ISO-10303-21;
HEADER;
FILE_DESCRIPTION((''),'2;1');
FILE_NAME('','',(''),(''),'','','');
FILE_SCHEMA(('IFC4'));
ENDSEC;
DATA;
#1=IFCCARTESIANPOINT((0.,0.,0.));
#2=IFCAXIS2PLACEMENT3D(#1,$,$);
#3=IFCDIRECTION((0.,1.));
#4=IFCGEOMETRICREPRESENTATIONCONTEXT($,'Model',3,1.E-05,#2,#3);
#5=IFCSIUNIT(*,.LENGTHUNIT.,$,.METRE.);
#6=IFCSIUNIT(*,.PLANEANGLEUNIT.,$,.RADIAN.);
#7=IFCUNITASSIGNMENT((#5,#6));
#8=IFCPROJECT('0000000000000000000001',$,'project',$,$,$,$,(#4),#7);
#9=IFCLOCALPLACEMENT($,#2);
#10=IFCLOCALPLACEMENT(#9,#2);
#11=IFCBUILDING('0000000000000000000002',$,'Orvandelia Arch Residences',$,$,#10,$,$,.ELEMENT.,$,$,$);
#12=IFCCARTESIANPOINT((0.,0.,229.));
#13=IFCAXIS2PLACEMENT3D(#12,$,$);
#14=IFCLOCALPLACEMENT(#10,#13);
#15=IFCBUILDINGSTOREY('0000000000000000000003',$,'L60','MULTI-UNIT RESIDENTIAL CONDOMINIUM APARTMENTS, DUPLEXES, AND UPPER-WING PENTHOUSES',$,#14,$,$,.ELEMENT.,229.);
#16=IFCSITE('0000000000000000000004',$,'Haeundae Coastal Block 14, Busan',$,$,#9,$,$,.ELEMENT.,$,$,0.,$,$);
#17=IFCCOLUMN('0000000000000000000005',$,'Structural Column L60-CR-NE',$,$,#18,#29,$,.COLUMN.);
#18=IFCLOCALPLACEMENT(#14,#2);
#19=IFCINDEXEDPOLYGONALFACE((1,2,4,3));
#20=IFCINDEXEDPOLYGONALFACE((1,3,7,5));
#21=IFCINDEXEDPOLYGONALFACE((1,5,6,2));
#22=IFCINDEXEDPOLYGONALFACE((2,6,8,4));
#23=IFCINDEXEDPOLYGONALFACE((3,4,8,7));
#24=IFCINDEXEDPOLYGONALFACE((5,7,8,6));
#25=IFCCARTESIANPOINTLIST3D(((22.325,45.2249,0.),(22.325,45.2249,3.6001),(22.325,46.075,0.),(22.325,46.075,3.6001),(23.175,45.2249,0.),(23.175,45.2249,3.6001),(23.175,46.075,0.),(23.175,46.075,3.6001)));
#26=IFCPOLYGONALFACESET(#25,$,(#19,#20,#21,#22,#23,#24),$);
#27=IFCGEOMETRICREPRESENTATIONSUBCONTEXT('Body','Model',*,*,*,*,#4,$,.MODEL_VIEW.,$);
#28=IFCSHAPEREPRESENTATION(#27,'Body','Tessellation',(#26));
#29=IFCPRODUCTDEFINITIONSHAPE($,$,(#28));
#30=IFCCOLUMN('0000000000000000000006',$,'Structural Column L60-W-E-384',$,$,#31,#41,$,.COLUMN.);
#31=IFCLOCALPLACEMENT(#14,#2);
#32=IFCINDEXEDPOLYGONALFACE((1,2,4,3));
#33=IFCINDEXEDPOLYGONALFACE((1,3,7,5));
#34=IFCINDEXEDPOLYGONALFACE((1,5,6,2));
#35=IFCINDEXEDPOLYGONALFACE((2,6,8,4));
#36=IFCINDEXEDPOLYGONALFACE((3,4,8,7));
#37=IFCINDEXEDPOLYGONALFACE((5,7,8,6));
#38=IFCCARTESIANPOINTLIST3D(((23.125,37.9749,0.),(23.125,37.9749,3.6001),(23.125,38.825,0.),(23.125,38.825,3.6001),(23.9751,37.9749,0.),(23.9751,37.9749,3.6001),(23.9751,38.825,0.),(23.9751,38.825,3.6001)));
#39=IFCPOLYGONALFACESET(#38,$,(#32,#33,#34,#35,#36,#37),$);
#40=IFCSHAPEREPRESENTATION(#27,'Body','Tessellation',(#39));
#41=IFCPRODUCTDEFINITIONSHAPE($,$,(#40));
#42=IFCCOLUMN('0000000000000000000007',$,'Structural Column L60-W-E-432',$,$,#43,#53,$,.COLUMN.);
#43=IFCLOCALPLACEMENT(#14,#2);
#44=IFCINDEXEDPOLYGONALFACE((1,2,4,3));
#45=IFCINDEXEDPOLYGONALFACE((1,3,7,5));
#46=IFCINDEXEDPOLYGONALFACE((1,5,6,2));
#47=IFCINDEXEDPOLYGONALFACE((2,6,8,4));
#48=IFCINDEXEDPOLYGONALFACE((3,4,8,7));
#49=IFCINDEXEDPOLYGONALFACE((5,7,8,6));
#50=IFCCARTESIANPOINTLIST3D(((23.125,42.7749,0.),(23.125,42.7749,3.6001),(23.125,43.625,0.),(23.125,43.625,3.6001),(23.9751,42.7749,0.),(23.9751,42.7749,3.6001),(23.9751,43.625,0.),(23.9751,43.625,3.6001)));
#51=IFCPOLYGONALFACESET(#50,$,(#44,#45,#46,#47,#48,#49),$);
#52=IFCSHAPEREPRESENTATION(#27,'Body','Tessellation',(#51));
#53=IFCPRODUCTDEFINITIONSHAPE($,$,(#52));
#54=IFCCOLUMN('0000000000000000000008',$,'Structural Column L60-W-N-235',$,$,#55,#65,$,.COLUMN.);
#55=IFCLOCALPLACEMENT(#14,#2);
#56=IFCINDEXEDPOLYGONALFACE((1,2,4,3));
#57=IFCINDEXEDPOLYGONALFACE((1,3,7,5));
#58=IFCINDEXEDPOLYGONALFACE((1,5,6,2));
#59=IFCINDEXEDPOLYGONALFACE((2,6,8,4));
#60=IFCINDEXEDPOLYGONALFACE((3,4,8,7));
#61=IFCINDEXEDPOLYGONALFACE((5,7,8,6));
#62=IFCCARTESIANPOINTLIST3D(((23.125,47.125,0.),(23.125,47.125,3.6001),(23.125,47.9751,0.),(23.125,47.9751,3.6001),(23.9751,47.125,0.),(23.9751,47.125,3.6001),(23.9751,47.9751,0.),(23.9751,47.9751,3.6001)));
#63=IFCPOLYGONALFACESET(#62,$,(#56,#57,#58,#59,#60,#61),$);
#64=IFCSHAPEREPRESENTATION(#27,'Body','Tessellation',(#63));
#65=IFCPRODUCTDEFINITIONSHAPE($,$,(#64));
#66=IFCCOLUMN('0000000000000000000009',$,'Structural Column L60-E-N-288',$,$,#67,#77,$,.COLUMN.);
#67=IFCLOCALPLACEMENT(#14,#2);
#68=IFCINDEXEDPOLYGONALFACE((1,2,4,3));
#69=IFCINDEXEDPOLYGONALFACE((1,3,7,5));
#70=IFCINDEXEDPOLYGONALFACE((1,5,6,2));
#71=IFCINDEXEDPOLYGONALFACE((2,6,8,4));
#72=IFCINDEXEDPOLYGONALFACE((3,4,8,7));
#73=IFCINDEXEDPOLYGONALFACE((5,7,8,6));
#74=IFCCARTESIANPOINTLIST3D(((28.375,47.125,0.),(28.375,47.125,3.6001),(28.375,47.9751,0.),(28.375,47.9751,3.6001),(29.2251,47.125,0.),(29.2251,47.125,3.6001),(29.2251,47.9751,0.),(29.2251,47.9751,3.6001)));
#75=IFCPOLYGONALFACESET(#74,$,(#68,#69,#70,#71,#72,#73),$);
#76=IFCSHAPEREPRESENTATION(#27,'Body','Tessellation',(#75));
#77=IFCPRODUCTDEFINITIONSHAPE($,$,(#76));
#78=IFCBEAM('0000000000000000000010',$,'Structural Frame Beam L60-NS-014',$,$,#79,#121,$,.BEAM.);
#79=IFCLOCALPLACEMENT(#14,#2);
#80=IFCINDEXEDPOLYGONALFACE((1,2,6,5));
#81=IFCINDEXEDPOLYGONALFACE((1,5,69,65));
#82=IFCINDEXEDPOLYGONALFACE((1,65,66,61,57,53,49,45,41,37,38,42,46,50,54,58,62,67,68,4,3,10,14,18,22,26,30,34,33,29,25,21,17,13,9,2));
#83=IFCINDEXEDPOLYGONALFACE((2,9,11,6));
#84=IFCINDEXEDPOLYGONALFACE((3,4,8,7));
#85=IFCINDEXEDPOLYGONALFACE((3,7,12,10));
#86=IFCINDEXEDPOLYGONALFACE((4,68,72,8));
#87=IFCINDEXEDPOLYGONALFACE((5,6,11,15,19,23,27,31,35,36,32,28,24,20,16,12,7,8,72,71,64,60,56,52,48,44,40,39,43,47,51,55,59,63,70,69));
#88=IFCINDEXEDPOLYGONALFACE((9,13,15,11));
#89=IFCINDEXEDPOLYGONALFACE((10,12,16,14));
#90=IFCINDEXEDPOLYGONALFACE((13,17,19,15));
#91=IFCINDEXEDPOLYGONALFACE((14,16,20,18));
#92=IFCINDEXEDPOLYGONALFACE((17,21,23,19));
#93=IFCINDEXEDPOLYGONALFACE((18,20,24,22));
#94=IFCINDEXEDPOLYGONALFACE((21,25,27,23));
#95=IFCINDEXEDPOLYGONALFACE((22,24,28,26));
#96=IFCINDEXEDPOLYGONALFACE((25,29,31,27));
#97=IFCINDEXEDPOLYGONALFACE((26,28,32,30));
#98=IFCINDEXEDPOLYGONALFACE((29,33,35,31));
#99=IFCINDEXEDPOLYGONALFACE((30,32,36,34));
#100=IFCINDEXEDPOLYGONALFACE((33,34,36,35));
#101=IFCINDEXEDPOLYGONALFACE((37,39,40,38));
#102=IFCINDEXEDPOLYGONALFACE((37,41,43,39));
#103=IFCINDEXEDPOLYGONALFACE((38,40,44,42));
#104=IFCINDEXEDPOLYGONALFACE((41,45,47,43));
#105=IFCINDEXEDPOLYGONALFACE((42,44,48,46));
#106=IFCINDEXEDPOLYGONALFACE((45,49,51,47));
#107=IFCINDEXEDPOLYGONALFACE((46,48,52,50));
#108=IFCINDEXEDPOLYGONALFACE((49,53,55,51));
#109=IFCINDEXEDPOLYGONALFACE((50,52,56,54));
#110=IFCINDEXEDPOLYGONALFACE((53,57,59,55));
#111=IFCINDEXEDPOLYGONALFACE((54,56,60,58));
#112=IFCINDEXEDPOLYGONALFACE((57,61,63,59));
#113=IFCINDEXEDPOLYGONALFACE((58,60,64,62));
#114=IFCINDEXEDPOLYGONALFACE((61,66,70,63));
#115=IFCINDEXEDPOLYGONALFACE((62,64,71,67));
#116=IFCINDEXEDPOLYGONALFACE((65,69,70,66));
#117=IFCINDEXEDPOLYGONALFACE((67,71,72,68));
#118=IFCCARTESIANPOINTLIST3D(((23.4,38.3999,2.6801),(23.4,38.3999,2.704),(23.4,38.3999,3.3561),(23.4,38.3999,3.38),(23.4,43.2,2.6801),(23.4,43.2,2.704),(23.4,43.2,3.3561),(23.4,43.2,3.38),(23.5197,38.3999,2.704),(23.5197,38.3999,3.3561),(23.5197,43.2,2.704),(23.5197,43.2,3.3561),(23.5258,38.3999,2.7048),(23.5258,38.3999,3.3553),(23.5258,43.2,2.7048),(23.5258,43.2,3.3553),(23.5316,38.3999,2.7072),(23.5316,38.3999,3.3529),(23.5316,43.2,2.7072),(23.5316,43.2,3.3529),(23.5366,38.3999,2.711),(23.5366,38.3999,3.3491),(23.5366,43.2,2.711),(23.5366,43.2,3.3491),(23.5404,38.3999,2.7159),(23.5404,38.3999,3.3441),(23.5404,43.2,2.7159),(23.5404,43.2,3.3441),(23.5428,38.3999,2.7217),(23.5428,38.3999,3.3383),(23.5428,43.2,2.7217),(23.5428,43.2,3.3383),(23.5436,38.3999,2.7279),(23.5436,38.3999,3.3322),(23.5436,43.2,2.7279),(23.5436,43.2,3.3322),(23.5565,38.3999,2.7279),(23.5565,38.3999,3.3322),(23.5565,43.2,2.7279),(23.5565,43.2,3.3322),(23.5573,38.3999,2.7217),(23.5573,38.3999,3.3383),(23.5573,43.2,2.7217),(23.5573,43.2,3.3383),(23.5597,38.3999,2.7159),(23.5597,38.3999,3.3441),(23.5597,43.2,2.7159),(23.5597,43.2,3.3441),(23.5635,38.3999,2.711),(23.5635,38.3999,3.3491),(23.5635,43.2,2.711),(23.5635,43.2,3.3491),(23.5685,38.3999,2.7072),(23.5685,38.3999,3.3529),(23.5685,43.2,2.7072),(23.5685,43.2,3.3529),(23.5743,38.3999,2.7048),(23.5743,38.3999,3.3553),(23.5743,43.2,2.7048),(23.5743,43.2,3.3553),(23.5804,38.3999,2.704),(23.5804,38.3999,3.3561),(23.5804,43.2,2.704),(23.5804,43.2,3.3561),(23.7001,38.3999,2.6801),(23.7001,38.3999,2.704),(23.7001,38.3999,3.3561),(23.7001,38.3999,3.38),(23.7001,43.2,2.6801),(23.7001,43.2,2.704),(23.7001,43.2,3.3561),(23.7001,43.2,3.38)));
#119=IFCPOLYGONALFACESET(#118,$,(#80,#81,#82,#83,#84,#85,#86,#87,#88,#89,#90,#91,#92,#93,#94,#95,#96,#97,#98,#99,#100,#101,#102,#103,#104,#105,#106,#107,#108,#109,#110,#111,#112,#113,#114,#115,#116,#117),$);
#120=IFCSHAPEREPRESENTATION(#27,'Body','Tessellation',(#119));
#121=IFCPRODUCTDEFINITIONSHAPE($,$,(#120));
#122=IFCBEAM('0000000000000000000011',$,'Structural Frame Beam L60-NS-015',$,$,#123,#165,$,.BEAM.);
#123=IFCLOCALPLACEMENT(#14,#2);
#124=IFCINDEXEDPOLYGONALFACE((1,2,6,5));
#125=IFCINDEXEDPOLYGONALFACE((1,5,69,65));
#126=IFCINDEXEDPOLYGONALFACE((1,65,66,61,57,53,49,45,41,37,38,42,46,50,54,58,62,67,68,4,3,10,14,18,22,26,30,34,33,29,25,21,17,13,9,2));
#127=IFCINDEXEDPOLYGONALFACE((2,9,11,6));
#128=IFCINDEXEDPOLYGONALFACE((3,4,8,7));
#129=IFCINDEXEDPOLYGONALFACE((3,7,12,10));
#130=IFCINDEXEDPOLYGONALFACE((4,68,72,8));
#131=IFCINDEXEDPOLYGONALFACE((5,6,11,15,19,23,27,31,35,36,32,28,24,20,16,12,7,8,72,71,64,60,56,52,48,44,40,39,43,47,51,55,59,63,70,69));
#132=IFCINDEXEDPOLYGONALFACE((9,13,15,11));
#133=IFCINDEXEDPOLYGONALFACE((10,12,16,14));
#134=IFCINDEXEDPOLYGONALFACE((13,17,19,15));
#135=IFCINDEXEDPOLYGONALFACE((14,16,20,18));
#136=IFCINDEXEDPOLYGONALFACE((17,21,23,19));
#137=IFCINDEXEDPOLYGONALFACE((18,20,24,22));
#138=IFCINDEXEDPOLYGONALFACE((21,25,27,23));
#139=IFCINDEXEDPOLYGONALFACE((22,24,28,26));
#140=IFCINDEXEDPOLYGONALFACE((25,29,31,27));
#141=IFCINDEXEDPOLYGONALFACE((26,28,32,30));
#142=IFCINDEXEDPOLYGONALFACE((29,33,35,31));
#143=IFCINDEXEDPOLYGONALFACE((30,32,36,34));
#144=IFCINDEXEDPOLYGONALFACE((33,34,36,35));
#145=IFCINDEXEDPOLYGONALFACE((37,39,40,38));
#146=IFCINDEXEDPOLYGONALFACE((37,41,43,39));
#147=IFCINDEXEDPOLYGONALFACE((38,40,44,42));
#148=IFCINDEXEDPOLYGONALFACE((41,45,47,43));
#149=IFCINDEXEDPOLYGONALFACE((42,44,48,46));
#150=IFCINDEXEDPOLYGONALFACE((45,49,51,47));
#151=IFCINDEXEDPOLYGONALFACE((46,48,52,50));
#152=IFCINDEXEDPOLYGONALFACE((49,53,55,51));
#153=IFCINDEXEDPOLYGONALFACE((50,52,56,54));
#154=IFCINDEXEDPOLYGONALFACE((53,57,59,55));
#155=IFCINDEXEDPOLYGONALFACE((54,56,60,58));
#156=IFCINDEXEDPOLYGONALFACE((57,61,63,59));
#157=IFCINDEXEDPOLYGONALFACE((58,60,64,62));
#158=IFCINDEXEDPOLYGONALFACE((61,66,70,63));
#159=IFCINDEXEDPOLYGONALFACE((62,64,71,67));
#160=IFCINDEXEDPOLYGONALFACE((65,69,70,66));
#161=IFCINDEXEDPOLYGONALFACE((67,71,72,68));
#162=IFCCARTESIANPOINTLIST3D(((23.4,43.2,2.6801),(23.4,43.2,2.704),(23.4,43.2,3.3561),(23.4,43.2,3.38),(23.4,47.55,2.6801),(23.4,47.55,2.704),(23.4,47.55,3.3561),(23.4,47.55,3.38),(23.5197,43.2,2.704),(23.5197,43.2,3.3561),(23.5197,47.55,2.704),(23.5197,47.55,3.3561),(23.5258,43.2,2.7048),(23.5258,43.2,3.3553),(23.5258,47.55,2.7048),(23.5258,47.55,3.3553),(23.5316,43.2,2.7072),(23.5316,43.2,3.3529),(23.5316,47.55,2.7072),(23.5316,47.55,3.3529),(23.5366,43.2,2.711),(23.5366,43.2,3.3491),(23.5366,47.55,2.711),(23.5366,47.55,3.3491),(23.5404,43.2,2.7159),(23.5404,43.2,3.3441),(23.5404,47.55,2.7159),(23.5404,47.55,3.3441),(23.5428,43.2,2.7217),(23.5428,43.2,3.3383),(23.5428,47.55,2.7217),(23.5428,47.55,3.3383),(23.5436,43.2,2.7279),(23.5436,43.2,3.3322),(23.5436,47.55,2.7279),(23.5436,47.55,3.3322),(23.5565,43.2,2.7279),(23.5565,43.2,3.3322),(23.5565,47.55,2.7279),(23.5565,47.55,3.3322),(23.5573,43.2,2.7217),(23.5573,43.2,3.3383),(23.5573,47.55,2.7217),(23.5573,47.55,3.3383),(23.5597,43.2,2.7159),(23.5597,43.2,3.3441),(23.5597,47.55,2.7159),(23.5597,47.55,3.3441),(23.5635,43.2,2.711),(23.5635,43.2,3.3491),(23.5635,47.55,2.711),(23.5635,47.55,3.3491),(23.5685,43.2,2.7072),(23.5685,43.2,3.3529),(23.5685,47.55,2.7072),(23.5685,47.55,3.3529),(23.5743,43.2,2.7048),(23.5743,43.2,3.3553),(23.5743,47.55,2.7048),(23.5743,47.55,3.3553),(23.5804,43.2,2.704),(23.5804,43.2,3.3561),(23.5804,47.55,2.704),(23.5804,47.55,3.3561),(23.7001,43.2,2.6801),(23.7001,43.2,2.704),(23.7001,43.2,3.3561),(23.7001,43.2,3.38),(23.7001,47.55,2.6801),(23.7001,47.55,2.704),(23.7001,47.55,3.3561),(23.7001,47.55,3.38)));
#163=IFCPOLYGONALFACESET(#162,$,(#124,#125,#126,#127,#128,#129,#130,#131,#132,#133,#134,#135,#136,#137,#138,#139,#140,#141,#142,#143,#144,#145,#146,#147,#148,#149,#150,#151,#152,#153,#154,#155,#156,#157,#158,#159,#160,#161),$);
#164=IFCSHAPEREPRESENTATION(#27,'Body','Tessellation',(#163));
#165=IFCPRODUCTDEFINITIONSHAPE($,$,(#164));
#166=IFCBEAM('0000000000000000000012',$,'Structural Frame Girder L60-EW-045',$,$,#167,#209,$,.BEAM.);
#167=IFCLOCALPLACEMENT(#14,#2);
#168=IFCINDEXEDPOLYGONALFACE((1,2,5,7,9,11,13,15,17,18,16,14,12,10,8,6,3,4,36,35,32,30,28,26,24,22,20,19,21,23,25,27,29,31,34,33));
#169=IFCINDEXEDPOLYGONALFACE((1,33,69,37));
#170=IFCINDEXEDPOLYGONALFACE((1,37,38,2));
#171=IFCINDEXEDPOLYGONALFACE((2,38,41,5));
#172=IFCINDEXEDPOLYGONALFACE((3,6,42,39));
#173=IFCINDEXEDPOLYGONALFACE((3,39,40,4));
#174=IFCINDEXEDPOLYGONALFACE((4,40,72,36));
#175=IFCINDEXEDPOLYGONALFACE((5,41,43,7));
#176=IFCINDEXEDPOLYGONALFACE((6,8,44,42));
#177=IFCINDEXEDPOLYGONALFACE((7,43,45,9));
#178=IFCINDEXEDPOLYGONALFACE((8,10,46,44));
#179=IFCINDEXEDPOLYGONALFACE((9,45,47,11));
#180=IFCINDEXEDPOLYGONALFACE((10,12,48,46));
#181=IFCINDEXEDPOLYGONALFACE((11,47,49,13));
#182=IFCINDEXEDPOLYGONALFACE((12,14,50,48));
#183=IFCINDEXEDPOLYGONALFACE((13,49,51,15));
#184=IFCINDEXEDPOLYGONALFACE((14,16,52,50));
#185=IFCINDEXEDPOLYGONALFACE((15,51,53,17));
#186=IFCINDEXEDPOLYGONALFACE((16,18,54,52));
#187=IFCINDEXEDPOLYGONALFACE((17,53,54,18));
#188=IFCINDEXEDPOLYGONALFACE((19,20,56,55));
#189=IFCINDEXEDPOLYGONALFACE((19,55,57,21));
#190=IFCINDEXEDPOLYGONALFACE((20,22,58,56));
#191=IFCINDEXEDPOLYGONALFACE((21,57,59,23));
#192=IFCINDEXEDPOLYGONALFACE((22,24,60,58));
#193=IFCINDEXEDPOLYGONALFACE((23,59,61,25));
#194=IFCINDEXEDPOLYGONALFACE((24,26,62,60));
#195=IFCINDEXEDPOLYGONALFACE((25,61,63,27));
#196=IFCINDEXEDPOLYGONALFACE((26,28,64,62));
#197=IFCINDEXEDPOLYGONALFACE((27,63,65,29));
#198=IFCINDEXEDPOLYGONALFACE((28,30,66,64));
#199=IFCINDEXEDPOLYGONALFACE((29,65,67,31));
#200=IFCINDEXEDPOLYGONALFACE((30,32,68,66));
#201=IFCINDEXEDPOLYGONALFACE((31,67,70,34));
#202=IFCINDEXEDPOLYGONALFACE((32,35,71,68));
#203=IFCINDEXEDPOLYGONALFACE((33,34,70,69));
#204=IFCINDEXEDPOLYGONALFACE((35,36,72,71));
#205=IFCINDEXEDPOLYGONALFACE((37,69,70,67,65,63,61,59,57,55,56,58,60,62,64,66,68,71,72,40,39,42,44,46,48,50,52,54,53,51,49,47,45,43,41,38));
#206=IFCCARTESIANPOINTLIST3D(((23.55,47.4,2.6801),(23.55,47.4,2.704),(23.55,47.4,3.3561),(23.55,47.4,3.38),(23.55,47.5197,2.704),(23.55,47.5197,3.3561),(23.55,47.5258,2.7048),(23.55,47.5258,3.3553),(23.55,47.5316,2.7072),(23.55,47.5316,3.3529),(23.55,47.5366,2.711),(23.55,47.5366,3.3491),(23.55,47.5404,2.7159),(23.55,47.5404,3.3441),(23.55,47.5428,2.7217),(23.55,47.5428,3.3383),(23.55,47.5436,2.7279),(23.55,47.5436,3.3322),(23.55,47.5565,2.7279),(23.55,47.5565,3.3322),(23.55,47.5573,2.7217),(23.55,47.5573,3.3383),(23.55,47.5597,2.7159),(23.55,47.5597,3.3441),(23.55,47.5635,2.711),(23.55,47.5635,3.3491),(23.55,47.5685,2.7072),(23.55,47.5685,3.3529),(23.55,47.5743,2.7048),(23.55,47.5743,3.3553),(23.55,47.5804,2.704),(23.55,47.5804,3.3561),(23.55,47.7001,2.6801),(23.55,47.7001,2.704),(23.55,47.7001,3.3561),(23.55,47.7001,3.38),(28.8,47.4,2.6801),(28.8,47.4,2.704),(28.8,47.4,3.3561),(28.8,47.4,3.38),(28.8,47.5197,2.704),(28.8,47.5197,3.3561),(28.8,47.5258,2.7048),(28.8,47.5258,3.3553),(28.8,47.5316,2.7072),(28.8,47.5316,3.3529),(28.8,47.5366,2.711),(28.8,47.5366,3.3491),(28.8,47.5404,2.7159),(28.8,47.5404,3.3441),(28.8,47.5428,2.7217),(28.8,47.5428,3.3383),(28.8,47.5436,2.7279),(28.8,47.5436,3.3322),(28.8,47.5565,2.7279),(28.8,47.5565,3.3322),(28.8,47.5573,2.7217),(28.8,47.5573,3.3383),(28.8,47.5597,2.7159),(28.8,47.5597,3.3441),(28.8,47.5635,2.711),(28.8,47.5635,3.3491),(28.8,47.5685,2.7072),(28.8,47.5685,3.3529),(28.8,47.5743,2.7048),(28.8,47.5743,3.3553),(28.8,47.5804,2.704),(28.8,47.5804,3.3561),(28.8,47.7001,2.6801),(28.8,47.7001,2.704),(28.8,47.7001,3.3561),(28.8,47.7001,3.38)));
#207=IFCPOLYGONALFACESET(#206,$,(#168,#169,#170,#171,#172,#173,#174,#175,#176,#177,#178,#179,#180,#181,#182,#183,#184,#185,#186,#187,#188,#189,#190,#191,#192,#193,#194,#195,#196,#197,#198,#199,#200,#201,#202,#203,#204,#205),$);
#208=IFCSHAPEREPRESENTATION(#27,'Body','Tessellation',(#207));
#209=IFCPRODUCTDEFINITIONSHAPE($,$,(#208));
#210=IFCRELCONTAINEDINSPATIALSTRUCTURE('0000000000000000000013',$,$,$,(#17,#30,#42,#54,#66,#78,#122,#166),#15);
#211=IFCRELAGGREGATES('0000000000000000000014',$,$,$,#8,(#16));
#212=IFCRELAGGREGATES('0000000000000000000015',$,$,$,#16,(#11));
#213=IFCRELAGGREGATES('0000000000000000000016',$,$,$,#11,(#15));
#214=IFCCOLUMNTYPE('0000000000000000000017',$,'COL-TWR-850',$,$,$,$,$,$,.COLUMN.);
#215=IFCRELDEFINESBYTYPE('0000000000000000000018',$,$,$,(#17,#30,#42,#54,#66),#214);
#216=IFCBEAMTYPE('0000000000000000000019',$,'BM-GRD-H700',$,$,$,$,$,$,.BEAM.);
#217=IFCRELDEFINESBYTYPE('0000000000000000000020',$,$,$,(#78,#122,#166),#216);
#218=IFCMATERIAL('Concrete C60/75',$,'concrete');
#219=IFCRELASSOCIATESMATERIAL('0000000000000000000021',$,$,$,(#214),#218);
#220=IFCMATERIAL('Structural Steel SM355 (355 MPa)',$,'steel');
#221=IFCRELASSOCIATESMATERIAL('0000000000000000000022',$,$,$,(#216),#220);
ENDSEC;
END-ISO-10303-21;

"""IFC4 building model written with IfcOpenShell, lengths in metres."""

from ifc_helpers import new_model, si_unit, direction, frame, origin, origin_2d, place, context, subcontext, project, spatial, rectangle, i_section, extrude, material, material_profile, profile_set, type_object, element, save


model = new_model("IFC4")

# Units and contexts
model_context = context("Model", 3, precision=1e-05, world=origin(), true_north=direction((0.0, 1.0)))
body_context = subcontext(model_context, "Body", "Model", "MODEL_VIEW")
ifc_project = project(units=[si_unit("LENGTHUNIT", "METRE"), si_unit("PLANEANGLEUNIT", "RADIAN")], contexts=[model_context])

# Site, building, storey
site_placement = place(None, origin())
site = spatial("IfcSite", under=ifc_project, at=site_placement, Name="Haeundae Coastal Block 14, Busan", CompositionType="ELEMENT", RefElevation=0.0)
building_placement = place(site_placement, origin())
building = spatial("IfcBuilding", under=site, at=building_placement, Name="Orvandelia Arch Residences", CompositionType="ELEMENT")
storey_placement = place(building_placement, frame((0.0, 0.0, 229.0)))
storey = spatial("IfcBuildingStorey", under=building, at=storey_placement, Name="L60", Description="MULTI-UNIT RESIDENTIAL CONDOMINIUM APARTMENTS, DUPLEXES, AND UPPER-WING PENTHOUSES", CompositionType="ELEMENT", Elevation=229.0)

# Columns
ifc_material_1 = material(Name="Concrete C60/75", Category="concrete")
ifc_material_profile_1 = material_profile(ifc_material_1, rectangle(XDim=0.8501, YDim=0.8501, at=origin_2d()), Name="Concrete C60/75", Category="concrete")
ifc_profile_set_1 = profile_set([ifc_material_profile_1], Name="Concrete C60/75")
column_type = type_object("IfcColumnType", Name="COL-TWR-850", PredefinedType="COLUMN", material=ifc_profile_set_1)
for number, where, z_axis, x_axis, name in (
    (1, (22.75, 45.6499, 0.0), (0.0, 0.0, 1.0), (1.0, 0.0, 0.0), "Structural Column L60-CR-NE"),
    (2, (23.55, 38.3999, 0.0), (0.0, 0.0, 1.0), (1.0, 0.0, 0.0), "Structural Column L60-W-E-384"),
    (3, (23.55, 43.2, 0.0), (0.0, 0.0, 1.0), (1.0, 0.0, 0.0), "Structural Column L60-W-E-432"),
    (4, (23.55, 47.55, 0.0), (0.0, 0.0, 1.0), (1.0, 0.0, 0.0), "Structural Column L60-W-N-235"),
    (5, (28.8, 47.55, 0.0), (0.0, 0.0, 1.0), (1.0, 0.0, 0.0), "Structural Column L60-E-N-288"),
):
    element("IfcColumn", number, at=place(storey_placement, frame(where, z_axis=z_axis, x_axis=x_axis)), inside=storey, type_object=column_type, Name=name, PredefinedType="COLUMN", context=body_context, shape_type="SweptSolid", body=[
        extrude(rectangle(XDim=0.8501, YDim=0.8501, at=origin_2d()), origin(), (0.0, 0.0, 1.0), 3.6001),
    ])

# Beams
ifc_material_2 = material(Name="Structural Steel SM355 (355 MPa)", Category="steel")
ifc_material_profile_2 = material_profile(ifc_material_2, i_section(OverallWidth=0.3, OverallDepth=0.7, WebThickness=0.0129, FlangeThickness=0.0239, FilletRadius=0.0239, at=origin_2d()), Name="Structural Steel SM355 (355 MPa)", Category="steel")
ifc_profile_set_2 = profile_set([ifc_material_profile_2], Name="Structural Steel SM355 (355 MPa)")
beam_type = type_object("IfcBeamType", Name="BM-GRD-H700", PredefinedType="BEAM", material=ifc_profile_set_2)
beam_1_placement = place(storey_placement, frame((23.55, 38.3999, 3.03), z_axis=(0.0, 1.0, 0.0), x_axis=(-1.0, 0.0, 0.0)))
element("IfcBeam", 6, at=beam_1_placement, inside=storey, type_object=beam_type, Name="Structural Frame Beam L60-NS-014", PredefinedType="BEAM", context=body_context, shape_type="SweptSolid", body=[
    extrude(i_section(OverallWidth=0.3, OverallDepth=0.7, WebThickness=0.0129, FlangeThickness=0.0239, FilletRadius=0.0239, at=origin_2d()), origin(), (0.0, 0.0, 1.0), 4.8),
])
beam_2_placement = place(storey_placement, frame((23.55, 43.2, 3.03), z_axis=(0.0, 1.0, 0.0), x_axis=(-1.0, 0.0, 0.0)))
element("IfcBeam", 7, at=beam_2_placement, inside=storey, type_object=beam_type, Name="Structural Frame Beam L60-NS-015", PredefinedType="BEAM", context=body_context, shape_type="SweptSolid", body=[
    extrude(i_section(OverallWidth=0.3, OverallDepth=0.7, WebThickness=0.0129, FlangeThickness=0.0239, FilletRadius=0.0239, at=origin_2d()), origin(), (0.0, 0.0, 1.0), 4.3501),
])
beam_3_placement = place(storey_placement, frame((23.55, 47.55, 3.03), z_axis=(1.0, 0.0, 0.0), x_axis=(0.0, 1.0, 0.0)))
element("IfcBeam", 8, at=beam_3_placement, inside=storey, type_object=beam_type, Name="Structural Frame Girder L60-EW-045", PredefinedType="BEAM", context=body_context, shape_type="SweptSolid", body=[
    extrude(i_section(OverallWidth=0.3, OverallDepth=0.7, WebThickness=0.0129, FlangeThickness=0.0239, FilletRadius=0.0239, at=origin_2d()), origin(), (0.0, 0.0, 1.0), 5.25),
])

save(model, "model.ifc")
